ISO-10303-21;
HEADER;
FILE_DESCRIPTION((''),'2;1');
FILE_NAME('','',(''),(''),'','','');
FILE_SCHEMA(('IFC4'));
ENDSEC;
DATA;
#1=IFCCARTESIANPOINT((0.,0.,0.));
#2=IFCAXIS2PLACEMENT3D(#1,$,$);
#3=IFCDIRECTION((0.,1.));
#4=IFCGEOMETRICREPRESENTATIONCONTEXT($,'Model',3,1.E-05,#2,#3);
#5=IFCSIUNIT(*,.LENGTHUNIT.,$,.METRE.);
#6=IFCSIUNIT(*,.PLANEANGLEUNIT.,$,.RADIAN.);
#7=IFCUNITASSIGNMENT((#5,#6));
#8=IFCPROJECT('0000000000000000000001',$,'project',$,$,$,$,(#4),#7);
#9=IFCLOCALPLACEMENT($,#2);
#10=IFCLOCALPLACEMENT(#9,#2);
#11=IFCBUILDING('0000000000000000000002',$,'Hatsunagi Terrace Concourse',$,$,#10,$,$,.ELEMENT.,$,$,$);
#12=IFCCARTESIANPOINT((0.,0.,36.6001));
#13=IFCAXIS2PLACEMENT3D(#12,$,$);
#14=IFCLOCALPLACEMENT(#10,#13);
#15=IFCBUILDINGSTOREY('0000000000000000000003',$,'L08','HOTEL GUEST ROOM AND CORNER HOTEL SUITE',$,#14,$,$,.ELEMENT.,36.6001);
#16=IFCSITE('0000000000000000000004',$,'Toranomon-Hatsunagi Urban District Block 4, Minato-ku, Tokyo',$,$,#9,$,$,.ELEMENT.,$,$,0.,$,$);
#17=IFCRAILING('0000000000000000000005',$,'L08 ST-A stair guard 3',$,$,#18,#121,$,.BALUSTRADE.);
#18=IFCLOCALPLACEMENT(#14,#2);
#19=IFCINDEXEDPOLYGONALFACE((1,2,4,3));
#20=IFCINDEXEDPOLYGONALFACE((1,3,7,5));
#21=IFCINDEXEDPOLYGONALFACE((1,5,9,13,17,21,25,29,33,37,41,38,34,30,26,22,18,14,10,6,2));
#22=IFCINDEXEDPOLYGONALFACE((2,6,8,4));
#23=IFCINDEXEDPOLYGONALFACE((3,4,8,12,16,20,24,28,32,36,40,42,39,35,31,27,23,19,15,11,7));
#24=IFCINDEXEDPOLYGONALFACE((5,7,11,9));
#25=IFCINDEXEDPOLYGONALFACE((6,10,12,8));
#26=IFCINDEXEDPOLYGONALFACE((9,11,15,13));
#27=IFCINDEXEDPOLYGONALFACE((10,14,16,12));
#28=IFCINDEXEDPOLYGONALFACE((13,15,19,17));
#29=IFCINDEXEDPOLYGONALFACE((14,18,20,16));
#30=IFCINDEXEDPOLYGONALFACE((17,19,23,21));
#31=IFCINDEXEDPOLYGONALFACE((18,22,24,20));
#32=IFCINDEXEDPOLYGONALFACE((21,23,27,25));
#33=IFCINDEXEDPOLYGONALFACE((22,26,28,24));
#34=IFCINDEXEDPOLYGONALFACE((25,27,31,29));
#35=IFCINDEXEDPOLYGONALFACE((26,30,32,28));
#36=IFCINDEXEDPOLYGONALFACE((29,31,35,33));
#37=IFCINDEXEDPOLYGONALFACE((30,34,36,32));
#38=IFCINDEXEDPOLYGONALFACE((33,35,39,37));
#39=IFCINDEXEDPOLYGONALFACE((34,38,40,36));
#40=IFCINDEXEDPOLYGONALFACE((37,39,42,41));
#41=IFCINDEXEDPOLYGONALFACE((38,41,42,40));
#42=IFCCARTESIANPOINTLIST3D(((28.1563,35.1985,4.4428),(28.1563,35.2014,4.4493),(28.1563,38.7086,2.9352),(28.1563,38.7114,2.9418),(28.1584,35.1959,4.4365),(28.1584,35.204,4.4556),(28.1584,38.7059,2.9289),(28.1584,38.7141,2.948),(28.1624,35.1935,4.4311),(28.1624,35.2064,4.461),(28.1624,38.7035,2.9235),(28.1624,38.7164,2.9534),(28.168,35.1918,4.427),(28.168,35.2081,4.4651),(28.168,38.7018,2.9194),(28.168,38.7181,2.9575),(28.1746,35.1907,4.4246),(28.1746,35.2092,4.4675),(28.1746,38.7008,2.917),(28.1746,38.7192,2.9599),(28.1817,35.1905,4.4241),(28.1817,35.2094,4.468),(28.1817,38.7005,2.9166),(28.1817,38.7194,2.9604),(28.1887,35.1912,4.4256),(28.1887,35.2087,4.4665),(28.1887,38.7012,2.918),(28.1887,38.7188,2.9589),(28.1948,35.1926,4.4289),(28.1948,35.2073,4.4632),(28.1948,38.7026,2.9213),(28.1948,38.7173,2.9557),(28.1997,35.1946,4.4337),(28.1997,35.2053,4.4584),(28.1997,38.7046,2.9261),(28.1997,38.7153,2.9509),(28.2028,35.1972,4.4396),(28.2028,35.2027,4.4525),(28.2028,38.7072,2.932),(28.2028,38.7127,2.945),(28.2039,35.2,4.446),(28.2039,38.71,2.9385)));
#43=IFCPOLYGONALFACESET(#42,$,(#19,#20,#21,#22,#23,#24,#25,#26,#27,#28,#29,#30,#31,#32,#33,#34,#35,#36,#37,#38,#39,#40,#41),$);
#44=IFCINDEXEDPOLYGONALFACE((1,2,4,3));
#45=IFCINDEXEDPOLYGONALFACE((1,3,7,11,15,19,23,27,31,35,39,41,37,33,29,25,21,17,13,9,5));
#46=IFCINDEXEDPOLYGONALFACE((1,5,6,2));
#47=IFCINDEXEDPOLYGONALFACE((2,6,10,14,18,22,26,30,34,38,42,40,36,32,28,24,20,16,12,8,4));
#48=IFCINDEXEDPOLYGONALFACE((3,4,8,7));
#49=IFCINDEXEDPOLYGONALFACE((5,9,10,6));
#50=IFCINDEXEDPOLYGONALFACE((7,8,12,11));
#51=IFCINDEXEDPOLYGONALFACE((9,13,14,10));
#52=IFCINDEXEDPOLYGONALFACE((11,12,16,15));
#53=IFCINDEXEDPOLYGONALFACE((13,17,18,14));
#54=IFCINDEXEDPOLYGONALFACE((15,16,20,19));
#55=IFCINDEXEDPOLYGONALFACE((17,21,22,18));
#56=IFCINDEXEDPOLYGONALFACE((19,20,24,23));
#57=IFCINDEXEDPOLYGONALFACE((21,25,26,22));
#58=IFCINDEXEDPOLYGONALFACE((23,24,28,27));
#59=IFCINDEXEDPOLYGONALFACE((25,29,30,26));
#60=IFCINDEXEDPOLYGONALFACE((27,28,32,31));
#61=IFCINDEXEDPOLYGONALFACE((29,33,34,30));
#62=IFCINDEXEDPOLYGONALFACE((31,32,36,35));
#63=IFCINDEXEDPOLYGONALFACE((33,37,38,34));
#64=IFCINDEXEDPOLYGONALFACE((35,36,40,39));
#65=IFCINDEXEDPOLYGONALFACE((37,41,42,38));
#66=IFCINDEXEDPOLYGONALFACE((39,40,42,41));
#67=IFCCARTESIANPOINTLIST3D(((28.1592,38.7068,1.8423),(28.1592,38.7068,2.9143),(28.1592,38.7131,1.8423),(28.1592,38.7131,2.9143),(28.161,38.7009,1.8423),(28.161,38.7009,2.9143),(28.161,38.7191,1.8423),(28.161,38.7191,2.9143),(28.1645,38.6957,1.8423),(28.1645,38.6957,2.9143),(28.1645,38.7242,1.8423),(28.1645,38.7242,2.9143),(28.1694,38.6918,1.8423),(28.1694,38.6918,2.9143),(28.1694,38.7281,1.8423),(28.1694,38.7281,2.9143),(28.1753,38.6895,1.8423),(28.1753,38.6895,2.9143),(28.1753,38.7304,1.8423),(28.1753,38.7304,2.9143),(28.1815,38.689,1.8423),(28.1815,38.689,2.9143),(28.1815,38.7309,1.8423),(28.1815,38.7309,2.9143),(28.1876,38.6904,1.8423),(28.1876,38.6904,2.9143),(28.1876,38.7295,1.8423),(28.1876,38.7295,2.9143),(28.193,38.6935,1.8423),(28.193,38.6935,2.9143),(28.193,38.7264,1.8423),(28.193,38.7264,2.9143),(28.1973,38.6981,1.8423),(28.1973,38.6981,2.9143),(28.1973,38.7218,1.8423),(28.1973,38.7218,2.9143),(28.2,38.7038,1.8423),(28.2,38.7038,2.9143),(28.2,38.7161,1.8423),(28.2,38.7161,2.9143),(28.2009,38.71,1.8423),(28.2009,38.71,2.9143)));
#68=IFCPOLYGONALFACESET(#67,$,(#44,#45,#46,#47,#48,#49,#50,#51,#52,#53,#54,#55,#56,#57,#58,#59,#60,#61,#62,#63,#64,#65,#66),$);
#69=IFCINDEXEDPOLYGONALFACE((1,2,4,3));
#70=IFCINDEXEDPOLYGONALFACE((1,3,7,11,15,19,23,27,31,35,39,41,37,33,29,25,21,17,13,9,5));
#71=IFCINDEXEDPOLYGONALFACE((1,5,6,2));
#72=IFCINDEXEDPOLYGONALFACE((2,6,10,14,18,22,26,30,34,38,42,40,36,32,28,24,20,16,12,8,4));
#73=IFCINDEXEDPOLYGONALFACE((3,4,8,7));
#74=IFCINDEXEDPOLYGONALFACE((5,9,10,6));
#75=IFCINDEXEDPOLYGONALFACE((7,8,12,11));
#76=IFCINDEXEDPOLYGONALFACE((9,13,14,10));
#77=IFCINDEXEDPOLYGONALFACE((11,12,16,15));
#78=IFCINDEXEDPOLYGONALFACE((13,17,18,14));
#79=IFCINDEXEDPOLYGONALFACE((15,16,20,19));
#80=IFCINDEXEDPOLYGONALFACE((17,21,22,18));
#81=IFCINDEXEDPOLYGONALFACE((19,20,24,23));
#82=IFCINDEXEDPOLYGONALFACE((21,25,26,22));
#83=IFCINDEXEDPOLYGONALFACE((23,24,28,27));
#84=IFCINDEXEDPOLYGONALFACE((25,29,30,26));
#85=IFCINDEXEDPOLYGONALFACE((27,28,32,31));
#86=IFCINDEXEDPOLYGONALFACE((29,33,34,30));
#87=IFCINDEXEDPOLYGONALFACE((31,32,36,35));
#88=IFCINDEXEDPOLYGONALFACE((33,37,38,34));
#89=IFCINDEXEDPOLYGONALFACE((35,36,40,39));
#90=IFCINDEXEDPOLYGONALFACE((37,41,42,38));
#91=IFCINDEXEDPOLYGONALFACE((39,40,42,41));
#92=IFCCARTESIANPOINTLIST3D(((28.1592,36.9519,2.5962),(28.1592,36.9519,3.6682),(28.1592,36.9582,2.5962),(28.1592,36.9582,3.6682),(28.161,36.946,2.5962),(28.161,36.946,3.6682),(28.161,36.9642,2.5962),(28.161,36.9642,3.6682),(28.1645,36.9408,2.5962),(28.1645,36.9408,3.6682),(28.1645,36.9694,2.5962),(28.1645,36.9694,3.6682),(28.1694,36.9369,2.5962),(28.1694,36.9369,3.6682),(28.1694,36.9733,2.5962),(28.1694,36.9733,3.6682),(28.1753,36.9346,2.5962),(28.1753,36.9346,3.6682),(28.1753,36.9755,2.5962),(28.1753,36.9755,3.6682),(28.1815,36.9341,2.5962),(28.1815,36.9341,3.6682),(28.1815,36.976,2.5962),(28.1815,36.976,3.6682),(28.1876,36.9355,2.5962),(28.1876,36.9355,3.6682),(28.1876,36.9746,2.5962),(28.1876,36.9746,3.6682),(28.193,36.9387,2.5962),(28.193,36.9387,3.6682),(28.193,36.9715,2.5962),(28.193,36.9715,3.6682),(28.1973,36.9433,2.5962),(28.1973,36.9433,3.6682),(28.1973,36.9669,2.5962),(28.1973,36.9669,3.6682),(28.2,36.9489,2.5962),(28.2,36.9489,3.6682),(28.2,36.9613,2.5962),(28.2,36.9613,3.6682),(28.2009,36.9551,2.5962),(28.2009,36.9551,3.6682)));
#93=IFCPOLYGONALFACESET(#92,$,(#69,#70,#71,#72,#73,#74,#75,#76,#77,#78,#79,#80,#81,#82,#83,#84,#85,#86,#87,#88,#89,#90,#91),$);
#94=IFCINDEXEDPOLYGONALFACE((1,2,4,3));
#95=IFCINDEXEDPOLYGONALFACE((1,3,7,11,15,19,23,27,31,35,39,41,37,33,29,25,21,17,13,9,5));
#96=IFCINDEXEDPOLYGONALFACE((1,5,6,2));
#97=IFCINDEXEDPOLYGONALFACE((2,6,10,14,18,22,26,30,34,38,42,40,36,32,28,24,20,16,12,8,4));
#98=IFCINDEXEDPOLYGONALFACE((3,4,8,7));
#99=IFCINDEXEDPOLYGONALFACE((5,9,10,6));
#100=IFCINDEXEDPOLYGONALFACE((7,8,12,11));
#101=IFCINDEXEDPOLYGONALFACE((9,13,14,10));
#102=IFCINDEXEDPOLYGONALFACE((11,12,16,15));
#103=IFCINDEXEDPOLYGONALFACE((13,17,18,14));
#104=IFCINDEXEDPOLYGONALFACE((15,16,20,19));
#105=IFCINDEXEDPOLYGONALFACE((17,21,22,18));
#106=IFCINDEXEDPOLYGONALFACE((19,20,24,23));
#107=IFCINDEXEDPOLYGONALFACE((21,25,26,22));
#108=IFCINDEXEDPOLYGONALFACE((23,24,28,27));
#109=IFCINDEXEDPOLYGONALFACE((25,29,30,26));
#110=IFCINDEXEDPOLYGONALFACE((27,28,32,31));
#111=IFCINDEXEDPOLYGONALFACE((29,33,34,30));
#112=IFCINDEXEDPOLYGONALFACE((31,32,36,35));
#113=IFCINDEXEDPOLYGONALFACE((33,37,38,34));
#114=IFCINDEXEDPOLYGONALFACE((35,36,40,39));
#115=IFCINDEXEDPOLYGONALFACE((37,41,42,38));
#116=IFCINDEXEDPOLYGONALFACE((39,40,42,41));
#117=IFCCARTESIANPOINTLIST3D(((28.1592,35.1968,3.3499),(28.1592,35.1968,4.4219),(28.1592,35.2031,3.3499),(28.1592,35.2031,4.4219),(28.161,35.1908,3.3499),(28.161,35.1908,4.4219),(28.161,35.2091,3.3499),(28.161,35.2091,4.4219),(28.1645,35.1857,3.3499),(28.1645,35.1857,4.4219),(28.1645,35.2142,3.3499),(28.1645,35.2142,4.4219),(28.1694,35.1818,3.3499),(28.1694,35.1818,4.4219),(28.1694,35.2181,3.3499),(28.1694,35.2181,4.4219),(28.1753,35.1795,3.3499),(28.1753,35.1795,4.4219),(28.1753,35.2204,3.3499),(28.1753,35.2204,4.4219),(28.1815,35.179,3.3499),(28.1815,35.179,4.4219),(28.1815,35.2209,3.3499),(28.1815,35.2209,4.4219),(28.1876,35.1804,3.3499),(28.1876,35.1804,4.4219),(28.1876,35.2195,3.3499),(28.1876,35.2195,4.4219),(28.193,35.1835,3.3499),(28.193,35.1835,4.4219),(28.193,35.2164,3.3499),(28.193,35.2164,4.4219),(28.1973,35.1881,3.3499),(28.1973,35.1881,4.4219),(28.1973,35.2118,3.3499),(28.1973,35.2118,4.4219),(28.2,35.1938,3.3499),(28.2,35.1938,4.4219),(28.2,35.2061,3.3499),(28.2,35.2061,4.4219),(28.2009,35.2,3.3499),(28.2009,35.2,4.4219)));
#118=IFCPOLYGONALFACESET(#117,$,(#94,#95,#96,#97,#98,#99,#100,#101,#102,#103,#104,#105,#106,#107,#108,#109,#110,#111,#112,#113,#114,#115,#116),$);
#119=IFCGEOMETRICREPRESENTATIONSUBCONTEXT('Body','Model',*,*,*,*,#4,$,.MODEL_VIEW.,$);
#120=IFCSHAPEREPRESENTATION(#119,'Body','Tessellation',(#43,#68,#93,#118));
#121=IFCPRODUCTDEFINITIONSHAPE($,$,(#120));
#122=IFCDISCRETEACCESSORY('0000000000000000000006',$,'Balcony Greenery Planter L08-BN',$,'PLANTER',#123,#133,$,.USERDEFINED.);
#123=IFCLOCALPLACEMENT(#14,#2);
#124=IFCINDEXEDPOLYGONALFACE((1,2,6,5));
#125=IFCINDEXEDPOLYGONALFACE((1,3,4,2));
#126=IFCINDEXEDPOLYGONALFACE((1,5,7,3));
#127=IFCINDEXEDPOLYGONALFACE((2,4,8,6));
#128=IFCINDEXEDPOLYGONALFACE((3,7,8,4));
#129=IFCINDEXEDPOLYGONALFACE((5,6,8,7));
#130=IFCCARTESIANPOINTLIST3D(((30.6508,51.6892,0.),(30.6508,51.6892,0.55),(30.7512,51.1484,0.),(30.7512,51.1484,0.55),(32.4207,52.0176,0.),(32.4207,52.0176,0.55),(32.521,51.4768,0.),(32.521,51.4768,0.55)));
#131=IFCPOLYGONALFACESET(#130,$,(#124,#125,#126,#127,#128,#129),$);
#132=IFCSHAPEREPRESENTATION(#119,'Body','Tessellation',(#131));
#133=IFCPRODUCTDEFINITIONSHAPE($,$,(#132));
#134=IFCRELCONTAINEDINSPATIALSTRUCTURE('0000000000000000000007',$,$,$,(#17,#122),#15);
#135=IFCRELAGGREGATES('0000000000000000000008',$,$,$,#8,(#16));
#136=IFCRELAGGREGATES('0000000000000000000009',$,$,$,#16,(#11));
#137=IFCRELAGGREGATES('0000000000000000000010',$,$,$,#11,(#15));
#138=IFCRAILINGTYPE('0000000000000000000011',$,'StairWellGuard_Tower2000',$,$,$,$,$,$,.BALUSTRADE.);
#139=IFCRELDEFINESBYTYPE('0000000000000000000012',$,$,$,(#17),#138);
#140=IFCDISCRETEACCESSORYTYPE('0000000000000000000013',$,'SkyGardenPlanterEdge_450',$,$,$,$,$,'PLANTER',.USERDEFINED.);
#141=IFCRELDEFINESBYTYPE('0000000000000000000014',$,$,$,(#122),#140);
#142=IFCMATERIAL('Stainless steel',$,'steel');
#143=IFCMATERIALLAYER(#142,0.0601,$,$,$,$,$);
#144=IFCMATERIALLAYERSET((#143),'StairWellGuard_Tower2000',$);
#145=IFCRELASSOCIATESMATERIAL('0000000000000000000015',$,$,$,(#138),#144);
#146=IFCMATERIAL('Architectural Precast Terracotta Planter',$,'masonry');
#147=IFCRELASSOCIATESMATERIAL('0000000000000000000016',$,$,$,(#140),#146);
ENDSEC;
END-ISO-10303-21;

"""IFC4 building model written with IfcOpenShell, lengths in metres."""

from ifc_helpers import new_model, si_unit, direction, frame, origin, origin_2d, place, context, subcontext, project, spatial, rectangle, circle, extrude, material, layer, layer_set, type_object, element, save


model = new_model("IFC4")

# Units and contexts
model_context = context("Model", 3, precision=1e-05, world=origin(), true_north=direction((0.0, 1.0)))
body_context = subcontext(model_context, "Body", "Model", "MODEL_VIEW")
ifc_project = project(units=[si_unit("LENGTHUNIT", "METRE"), si_unit("PLANEANGLEUNIT", "RADIAN")], contexts=[model_context])

# Site, building, storey
site_placement = place(None, origin())
site = spatial("IfcSite", under=ifc_project, at=site_placement, Name="Toranomon-Hatsunagi Urban District Block 4, Minato-ku, Tokyo", CompositionType="ELEMENT", RefElevation=0.0)
building_placement = place(site_placement, origin())
building = spatial("IfcBuilding", under=site, at=building_placement, Name="Hatsunagi Terrace Concourse", CompositionType="ELEMENT")
storey_placement = place(building_placement, frame((0.0, 0.0, 36.6001)))
storey = spatial("IfcBuildingStorey", under=building, at=storey_placement, Name="L08", Description="HOTEL GUEST ROOM AND CORNER HOTEL SUITE", CompositionType="ELEMENT", Elevation=36.6001)

# Railing
ifc_material_1 = material(Name="Stainless steel", Category="steel")
ifc_layer_1 = layer(ifc_material_1, 0.0601)
ifc_layer_set_1 = layer_set([ifc_layer_1], Name="StairWellGuard_Tower2000")
railing_type_1 = type_object("IfcRailingType", Name="StairWellGuard_Tower2000", PredefinedType="BALUSTRADE", material=ifc_layer_set_1)
railing_1_placement = place(storey_placement, frame((28.1799, 38.71, 1.8423)))
element("IfcRailing", 1, at=railing_1_placement, inside=storey, type_object=railing_type_1, Name="L08 ST-A stair guard 3", PredefinedType="BALUSTRADE", context=body_context, shape_type="SweptSolid", body=[
    extrude(circle(Radius=0.0239, at=origin_2d()), frame((0.0, 0.0, 1.0962), z_axis=(0.0, -0.918834, 0.394644), x_axis=(1.0, 0.0, 0.0)), (0.0, 0.0, 1.0), 3.8201),
    extrude(circle(Radius=0.021, at=origin_2d()), origin(), (0.0, 0.0, 1.0), 1.072),
    extrude(circle(Radius=0.021, at=origin_2d()), frame((0.0, -1.7549, 0.7539)), (0.0, 0.0, 1.0), 1.072),
    extrude(circle(Radius=0.021, at=origin_2d()), frame((0.0, -3.51, 1.5076)), (0.0, 0.0, 1.0), 1.072),
])

# Discrete accessory
ifc_material_2 = material(Name="Architectural Precast Terracotta Planter", Category="masonry")
discrete_accessory_type = type_object("IfcDiscreteAccessoryType", Name="SkyGardenPlanterEdge_450", ElementType="PLANTER", PredefinedType="USERDEFINED", material=ifc_material_2)
discrete_accessory_placement = place(storey_placement, frame((31.5859, 51.583, 0.0), z_axis=(0.0, 0.0, 1.0), x_axis=(0.98321, 0.182476, 0.0)))
element("IfcDiscreteAccessory", 2, at=discrete_accessory_placement, inside=storey, type_object=discrete_accessory_type, Name="Balcony Greenery Planter L08-BN", ObjectType="PLANTER", PredefinedType="USERDEFINED", context=body_context, shape_type="SweptSolid", body=[
    extrude(rectangle(XDim=1.8, YDim=0.55, at=origin_2d()), origin(), (0.0, 0.0, 1.0), 0.55),
])

save(model, "model.ifc")
